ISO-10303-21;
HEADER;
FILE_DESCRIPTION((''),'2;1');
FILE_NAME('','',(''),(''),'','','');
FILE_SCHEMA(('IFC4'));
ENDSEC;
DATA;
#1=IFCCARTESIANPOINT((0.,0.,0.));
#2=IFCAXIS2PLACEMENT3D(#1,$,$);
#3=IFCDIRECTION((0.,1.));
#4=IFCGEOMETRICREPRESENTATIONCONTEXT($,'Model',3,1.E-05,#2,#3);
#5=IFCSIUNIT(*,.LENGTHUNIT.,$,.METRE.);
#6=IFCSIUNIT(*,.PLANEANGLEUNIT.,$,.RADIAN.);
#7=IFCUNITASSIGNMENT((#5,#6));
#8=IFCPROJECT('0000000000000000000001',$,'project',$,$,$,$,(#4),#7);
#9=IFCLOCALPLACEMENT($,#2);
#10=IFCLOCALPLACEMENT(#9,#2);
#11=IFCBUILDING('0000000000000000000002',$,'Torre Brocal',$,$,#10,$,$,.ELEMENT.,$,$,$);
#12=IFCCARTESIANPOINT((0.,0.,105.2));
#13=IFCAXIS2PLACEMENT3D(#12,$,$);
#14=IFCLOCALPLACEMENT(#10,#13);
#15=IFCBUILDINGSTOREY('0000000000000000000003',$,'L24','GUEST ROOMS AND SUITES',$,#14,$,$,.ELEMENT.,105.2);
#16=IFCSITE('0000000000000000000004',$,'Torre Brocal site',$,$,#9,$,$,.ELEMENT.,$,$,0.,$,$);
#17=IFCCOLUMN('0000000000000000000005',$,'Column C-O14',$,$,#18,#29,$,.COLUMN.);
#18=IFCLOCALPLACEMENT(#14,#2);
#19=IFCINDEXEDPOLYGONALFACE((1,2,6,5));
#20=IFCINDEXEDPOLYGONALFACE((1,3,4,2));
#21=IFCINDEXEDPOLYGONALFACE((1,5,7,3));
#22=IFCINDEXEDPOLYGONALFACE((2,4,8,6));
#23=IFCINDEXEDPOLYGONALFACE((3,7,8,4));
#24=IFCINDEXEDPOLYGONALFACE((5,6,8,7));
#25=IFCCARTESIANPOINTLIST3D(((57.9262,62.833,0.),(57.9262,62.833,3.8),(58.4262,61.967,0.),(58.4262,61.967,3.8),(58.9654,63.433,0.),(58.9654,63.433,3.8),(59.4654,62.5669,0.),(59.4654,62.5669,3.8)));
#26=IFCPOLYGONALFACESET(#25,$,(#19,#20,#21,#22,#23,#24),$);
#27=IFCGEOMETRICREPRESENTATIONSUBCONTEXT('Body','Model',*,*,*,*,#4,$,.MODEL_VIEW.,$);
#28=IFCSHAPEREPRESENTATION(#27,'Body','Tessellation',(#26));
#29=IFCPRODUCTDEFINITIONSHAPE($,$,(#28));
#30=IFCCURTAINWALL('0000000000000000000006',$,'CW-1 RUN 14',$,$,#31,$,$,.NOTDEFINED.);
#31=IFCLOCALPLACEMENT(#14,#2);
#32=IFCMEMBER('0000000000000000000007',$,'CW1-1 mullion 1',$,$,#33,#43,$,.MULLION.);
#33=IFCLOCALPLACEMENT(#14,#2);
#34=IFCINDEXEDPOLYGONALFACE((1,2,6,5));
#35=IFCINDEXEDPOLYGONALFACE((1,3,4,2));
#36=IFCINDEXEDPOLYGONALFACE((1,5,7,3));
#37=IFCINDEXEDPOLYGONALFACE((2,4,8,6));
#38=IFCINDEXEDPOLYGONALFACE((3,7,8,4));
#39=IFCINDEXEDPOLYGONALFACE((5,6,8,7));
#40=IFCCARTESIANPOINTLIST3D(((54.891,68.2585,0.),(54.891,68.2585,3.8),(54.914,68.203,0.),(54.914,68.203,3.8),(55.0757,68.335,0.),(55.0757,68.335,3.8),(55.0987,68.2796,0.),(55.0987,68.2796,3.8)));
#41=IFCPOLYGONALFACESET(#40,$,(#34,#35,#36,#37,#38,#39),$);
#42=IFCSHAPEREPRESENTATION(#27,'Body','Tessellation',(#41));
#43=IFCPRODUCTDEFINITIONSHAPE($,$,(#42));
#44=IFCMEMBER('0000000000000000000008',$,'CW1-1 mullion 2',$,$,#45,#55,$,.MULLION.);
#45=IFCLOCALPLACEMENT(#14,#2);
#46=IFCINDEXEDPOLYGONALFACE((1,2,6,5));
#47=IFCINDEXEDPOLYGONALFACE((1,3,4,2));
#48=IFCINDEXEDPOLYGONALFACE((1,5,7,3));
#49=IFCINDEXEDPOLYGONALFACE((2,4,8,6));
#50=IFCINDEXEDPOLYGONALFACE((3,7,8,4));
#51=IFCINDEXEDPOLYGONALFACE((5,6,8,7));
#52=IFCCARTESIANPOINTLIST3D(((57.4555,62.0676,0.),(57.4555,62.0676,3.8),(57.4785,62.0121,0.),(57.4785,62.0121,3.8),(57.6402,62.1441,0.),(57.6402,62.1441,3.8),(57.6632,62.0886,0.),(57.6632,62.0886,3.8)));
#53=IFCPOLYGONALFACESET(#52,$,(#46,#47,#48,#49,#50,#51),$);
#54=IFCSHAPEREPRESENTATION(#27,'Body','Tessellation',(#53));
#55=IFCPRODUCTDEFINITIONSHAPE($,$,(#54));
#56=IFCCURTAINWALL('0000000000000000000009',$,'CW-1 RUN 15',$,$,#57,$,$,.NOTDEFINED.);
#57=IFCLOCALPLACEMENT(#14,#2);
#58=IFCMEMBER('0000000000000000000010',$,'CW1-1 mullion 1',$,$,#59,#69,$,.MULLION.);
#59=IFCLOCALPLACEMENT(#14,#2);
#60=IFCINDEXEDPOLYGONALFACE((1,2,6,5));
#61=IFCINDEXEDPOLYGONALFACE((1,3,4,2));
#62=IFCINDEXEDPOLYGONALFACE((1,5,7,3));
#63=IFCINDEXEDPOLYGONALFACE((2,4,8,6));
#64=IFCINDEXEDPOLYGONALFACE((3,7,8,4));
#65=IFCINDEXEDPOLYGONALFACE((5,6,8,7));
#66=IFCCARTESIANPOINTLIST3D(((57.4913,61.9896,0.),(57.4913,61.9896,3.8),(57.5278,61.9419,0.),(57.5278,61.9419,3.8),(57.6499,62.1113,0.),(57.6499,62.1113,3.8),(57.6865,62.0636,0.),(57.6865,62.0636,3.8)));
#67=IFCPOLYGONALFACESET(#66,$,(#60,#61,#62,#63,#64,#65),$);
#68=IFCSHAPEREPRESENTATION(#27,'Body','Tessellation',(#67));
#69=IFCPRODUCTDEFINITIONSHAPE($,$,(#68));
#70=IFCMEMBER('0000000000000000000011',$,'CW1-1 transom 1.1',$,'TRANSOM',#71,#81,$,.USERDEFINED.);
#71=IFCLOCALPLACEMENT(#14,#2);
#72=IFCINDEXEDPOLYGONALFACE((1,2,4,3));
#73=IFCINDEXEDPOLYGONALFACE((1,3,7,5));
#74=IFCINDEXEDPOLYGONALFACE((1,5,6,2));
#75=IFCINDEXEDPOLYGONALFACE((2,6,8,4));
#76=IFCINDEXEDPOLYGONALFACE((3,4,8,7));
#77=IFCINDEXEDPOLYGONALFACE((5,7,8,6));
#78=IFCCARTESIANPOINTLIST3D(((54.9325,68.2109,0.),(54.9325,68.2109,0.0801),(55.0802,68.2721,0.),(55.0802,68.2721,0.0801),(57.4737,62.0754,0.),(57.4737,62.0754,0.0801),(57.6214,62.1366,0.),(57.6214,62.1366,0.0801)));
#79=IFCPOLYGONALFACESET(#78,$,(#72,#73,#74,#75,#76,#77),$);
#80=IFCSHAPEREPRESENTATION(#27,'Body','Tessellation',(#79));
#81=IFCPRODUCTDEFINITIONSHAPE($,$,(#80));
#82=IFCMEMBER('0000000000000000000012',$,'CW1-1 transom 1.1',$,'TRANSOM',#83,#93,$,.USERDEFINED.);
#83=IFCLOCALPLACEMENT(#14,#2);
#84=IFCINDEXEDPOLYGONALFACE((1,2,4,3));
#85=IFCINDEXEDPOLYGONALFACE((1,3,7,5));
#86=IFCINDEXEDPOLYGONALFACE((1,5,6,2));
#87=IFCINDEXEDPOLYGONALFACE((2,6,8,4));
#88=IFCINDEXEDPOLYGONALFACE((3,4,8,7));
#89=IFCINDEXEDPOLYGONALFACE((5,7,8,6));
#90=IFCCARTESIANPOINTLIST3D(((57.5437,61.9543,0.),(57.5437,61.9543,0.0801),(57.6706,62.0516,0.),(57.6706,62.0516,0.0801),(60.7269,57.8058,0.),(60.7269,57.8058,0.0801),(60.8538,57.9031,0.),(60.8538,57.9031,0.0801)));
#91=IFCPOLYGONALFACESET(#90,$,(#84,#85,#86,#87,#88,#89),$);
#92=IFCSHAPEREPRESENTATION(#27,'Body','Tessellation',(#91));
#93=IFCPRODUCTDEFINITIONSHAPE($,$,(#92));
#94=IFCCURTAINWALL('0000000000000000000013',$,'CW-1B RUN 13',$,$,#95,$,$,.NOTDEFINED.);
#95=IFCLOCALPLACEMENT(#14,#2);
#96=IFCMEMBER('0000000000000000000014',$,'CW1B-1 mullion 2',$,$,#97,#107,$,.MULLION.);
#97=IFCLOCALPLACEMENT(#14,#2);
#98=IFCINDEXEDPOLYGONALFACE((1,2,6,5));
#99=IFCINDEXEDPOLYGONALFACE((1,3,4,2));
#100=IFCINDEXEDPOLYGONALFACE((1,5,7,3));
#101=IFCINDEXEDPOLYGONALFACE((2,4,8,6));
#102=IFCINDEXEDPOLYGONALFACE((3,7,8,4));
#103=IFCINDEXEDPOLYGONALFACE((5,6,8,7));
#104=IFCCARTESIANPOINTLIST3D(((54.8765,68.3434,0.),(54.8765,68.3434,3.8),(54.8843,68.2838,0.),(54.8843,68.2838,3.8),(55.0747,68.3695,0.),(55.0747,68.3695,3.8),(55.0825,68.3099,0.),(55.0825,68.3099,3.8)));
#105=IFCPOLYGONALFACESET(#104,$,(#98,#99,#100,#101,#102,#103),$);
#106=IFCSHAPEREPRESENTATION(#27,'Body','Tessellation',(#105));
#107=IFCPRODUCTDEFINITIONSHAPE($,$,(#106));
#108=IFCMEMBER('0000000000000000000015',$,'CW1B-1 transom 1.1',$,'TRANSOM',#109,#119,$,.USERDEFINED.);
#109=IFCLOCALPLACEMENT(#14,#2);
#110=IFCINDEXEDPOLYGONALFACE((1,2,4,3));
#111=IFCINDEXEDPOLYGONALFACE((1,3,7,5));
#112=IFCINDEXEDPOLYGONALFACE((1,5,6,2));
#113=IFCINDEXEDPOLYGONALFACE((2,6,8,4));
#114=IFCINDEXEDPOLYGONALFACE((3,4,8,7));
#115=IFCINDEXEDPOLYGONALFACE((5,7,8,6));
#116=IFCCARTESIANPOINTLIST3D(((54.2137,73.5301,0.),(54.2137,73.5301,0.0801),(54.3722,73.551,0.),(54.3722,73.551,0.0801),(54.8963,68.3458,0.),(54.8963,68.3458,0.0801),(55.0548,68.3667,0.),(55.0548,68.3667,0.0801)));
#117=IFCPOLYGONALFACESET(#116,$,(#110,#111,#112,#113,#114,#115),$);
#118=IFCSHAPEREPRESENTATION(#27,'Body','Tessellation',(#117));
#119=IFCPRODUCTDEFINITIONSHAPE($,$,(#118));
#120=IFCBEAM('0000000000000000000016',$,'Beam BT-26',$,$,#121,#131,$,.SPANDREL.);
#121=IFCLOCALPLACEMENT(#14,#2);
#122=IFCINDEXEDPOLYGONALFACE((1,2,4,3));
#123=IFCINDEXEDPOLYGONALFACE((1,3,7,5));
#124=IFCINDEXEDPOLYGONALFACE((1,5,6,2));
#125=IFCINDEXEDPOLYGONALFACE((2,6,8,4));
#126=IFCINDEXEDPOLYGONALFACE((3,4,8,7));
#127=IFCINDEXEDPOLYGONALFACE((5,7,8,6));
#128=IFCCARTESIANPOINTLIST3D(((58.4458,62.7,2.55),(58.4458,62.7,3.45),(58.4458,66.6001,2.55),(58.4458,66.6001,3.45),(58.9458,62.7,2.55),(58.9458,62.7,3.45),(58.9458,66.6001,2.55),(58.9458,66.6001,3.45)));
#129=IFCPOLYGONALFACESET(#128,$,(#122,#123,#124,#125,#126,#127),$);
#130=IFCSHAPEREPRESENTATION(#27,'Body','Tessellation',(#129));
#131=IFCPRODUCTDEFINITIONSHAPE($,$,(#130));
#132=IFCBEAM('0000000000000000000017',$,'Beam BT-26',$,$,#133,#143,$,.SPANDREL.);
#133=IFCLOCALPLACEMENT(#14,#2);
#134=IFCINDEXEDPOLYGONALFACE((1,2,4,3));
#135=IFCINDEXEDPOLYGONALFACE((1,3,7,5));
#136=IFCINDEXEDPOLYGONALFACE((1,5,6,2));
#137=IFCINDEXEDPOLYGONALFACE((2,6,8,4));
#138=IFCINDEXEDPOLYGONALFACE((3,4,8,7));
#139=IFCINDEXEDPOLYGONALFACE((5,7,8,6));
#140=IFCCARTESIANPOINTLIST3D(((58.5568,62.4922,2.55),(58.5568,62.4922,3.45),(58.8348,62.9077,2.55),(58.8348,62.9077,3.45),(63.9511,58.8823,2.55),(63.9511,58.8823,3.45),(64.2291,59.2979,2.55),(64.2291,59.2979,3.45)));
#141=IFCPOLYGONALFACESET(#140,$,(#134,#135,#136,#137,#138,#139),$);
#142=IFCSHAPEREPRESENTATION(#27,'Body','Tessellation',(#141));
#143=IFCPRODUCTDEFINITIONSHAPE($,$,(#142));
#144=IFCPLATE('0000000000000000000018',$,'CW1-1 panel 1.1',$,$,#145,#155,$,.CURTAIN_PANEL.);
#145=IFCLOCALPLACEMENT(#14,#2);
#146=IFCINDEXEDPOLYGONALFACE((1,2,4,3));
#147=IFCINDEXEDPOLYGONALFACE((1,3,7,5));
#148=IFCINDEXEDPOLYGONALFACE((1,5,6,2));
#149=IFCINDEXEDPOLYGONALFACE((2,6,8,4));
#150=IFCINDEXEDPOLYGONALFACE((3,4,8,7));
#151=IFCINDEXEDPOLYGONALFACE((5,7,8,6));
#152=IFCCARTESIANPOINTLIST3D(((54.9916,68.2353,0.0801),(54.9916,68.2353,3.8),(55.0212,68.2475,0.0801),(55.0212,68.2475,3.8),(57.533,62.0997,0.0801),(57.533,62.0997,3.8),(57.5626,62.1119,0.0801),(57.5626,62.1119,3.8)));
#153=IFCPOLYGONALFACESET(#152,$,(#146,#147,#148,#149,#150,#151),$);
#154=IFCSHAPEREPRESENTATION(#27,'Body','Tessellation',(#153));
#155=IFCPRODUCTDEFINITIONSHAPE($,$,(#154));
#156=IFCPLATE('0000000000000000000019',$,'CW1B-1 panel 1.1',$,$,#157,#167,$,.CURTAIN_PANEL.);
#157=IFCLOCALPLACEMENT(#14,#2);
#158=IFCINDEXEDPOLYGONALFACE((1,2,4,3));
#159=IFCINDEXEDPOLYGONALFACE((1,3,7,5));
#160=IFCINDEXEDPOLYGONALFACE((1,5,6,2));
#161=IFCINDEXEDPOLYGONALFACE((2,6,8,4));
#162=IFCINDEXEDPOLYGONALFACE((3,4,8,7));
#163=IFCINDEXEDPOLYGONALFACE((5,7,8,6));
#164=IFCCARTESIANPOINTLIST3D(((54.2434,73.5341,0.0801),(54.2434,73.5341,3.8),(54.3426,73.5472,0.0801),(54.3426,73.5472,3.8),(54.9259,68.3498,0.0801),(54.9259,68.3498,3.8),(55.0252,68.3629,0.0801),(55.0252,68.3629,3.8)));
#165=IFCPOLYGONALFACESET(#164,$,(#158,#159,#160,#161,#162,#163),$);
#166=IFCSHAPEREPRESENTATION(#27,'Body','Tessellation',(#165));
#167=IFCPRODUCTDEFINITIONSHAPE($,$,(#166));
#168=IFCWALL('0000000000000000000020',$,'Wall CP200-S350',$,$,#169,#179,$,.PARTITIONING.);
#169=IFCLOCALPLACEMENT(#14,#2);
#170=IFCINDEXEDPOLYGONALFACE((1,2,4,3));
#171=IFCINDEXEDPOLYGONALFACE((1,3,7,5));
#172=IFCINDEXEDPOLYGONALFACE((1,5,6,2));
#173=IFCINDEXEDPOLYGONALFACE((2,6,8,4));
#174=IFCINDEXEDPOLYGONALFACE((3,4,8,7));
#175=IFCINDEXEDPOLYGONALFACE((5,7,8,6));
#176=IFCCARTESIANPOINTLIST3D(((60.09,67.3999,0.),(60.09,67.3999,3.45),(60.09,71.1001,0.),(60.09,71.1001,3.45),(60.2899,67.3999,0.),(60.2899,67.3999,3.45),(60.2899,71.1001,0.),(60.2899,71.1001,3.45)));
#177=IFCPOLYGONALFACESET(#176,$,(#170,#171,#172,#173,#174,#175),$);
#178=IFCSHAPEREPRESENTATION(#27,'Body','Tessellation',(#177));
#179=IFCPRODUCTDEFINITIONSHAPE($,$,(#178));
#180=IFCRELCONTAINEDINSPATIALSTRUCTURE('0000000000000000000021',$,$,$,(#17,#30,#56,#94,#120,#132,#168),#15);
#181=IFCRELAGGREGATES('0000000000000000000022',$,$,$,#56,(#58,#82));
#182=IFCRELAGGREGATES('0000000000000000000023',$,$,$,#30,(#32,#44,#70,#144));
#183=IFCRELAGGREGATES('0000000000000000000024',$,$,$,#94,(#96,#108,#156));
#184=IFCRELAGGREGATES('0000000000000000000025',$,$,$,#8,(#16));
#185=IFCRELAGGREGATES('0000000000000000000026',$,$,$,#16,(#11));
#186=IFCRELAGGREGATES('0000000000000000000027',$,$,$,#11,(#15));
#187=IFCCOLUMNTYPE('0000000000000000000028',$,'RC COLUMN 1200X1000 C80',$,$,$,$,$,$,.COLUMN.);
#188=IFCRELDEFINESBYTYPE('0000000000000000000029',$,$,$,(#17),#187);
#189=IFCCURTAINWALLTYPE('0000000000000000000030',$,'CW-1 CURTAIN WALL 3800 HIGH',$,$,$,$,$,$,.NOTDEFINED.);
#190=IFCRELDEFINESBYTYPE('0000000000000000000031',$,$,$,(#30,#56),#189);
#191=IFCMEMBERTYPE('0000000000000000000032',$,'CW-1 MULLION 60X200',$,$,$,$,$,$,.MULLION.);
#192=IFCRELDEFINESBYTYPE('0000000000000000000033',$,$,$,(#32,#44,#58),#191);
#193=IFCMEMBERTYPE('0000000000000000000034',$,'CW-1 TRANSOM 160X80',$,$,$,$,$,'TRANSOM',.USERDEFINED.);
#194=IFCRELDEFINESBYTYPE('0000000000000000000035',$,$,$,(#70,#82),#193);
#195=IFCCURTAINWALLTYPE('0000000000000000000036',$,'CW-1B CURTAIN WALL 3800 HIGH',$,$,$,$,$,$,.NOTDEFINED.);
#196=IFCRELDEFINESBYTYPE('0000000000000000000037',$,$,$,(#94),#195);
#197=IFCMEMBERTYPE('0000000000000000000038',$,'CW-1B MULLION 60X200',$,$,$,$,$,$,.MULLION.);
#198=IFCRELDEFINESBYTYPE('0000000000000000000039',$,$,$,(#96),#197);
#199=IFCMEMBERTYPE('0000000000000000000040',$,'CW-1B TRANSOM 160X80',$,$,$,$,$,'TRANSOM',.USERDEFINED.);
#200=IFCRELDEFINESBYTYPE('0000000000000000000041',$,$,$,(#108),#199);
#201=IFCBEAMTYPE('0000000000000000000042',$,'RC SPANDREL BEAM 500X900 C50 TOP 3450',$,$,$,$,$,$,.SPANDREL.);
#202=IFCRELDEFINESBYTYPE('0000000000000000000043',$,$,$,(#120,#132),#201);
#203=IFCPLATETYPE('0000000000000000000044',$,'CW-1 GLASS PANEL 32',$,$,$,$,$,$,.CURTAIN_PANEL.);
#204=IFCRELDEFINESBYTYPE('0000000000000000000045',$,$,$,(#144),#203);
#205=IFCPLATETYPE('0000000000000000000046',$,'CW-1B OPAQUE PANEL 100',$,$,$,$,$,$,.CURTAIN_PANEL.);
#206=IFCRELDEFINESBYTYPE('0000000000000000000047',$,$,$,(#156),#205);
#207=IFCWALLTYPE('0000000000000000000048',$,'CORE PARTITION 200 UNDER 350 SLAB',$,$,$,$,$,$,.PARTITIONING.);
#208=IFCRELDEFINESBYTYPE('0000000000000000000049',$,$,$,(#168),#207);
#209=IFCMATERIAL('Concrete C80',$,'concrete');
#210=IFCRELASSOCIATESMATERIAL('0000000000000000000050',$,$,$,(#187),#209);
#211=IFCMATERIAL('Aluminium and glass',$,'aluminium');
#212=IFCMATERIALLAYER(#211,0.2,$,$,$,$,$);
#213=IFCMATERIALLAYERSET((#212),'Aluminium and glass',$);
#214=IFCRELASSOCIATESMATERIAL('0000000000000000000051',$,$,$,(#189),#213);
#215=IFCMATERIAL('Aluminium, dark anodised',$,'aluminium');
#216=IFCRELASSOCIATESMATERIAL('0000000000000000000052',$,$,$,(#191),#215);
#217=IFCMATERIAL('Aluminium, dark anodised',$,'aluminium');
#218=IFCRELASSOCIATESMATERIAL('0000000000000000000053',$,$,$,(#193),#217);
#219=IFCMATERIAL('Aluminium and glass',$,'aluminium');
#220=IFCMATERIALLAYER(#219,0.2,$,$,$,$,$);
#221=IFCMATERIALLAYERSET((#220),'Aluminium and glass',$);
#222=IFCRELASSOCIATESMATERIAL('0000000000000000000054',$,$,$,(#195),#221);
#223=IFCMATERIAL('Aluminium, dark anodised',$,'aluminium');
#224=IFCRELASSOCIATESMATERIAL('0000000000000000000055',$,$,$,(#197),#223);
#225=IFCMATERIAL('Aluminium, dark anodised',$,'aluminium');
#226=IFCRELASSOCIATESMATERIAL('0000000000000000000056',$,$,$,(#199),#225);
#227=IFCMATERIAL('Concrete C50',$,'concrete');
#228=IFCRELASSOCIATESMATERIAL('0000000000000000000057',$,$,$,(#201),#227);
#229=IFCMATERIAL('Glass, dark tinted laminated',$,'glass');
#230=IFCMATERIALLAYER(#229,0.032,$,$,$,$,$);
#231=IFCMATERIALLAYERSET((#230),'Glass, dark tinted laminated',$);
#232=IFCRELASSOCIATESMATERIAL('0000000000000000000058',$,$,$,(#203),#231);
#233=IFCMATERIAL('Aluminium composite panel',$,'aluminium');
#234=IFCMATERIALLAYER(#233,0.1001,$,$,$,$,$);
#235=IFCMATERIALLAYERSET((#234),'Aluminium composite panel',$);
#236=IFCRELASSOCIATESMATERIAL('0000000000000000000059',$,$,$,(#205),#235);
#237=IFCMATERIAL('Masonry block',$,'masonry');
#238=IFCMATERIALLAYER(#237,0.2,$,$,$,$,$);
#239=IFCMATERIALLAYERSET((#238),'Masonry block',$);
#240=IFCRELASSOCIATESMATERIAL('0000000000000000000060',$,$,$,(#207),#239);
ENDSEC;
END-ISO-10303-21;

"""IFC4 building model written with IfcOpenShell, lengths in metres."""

from ifc_helpers import new_model, si_unit, direction, frame, frame_2d, origin, origin_2d, place, context, subcontext, project, spatial, rectangle, extrude, material, layer, layer_set, material_profile, profile_set, type_object, element, aggregate, save


model = new_model("IFC4")

# Units and contexts
model_context = context("Model", 3, precision=1e-05, world=origin(), true_north=direction((0.0, 1.0)))
body_context = subcontext(model_context, "Body", "Model", "MODEL_VIEW")
ifc_project = project(units=[si_unit("LENGTHUNIT", "METRE"), si_unit("PLANEANGLEUNIT", "RADIAN")], contexts=[model_context])

# Site, building, storey
site_placement = place(None, origin())
site = spatial("IfcSite", under=ifc_project, at=site_placement, Name="Torre Brocal site", CompositionType="ELEMENT", RefElevation=0.0)
building_placement = place(site_placement, origin())
building = spatial("IfcBuilding", under=site, at=building_placement, Name="Torre Brocal", CompositionType="ELEMENT")
storey_placement = place(building_placement, frame((0.0, 0.0, 105.2)))
storey = spatial("IfcBuildingStorey", under=building, at=storey_placement, Name="L24", Description="GUEST ROOMS AND SUITES", CompositionType="ELEMENT", Elevation=105.2)

# Column
ifc_material_1 = material(Name="Concrete C80", Category="concrete")
ifc_material_profile_1 = material_profile(ifc_material_1, rectangle(XDim=1.2, YDim=1.0, at=origin_2d()), Name="RC 1200X1000")
ifc_profile_set_1 = profile_set([ifc_material_profile_1], Name="Concrete C80")
column_type = type_object("IfcColumnType", Name="RC COLUMN 1200X1000 C80", PredefinedType="COLUMN", material=ifc_profile_set_1)
column_placement = place(storey_placement, frame((58.6958, 62.7, 0.0), z_axis=(0.0, 0.0, 1.0), x_axis=(-0.866025, -0.5, 0.0)))
element("IfcColumn", 1, at=column_placement, inside=storey, type_object=column_type, Name="Column C-O14", PredefinedType="COLUMN", context=body_context, shape_type="SweptSolid", body=[
    extrude(rectangle(XDim=1.2, YDim=1.0, at=origin_2d()), origin(), (0.0, 0.0, 1.0), 3.8),
])

# Curtain wall, members
ifc_material_2 = material(Name="Aluminium and glass", Category="aluminium")
ifc_layer_1 = layer(ifc_material_2, 0.2)
ifc_layer_set_1 = layer_set([ifc_layer_1], Name="Aluminium and glass")
curtain_wall_type_1 = type_object("IfcCurtainWallType", Name="CW-1 CURTAIN WALL 3800 HIGH", PredefinedType="NOTDEFINED", material=ifc_layer_set_1)
curtain_wall_1_placement = place(storey_placement, origin())
curtain_wall_1 = element("IfcCurtainWall", 2, at=curtain_wall_1_placement, inside=storey, type_object=curtain_wall_type_1, Name="CW-1 RUN 14", PredefinedType="NOTDEFINED")
ifc_material_3 = material(Name="Aluminium, dark anodised", Category="aluminium")
ifc_material_profile_2 = material_profile(ifc_material_3, rectangle(XDim=0.2, YDim=0.0601, at=origin_2d()), Name="CW-1 MULLION 60X200")
ifc_profile_set_2 = profile_set([ifc_material_profile_2], Name="Aluminium, dark anodised")
member_type_1 = type_object("IfcMemberType", Name="CW-1 MULLION 60X200", PredefinedType="MULLION", material=ifc_profile_set_2)
member_1_placement = place(storey_placement, frame((54.9949, 68.269, 0.0), z_axis=(0.0, 0.0, 1.0), x_axis=(0.92388, 0.382683, 0.0)))
member_1 = element("IfcMember", 3, at=member_1_placement, type_object=member_type_1, Name="CW1-1 mullion 1", PredefinedType="MULLION", context=body_context, shape_type="SweptSolid", body=[
    extrude(rectangle(XDim=0.2, YDim=0.0601, at=origin_2d()), origin(), (0.0, 0.0, 1.0), 3.8),
])
member_2_placement = place(storey_placement, frame((57.5593, 62.0781, 0.0), z_axis=(0.0, 0.0, 1.0), x_axis=(0.92388, 0.382683, 0.0)))
member_2 = element("IfcMember", 4, at=member_2_placement, type_object=member_type_1, Name="CW1-1 mullion 2", PredefinedType="MULLION", context=body_context, shape_type="SweptSolid", body=[
    extrude(rectangle(XDim=0.2, YDim=0.0601, at=origin_2d()), origin(), (0.0, 0.0, 1.0), 3.8),
])

# Curtain wall, member
curtain_wall_2_placement = place(storey_placement, origin())
curtain_wall_2 = element("IfcCurtainWall", 5, at=curtain_wall_2_placement, inside=storey, type_object=curtain_wall_type_1, Name="CW-1 RUN 15", PredefinedType="NOTDEFINED")
member_3_placement = place(storey_placement, frame((57.5889, 62.0266, 0.0), z_axis=(0.0, 0.0, 1.0), x_axis=(0.793353, 0.608761, 0.0)))
member_3 = element("IfcMember", 6, at=member_3_placement, type_object=member_type_1, Name="CW1-1 mullion 1", PredefinedType="MULLION", context=body_context, shape_type="SweptSolid", body=[
    extrude(rectangle(XDim=0.2, YDim=0.0601, at=origin_2d()), origin(), (0.0, 0.0, 1.0), 3.8),
])

# Members
ifc_material_4 = material(Name="Aluminium, dark anodised", Category="aluminium")
ifc_material_profile_3 = material_profile(ifc_material_4, rectangle(XDim=0.1599, YDim=0.0801, at=origin_2d()), Name="CW-1 TRANSOM 160X80")
ifc_profile_set_3 = profile_set([ifc_material_profile_3], Name="Aluminium, dark anodised")
member_type_2 = type_object("IfcMemberType", Name="CW-1 TRANSOM 160X80", ElementType="TRANSOM", PredefinedType="USERDEFINED", material=ifc_profile_set_3)
member_4_placement = place(storey_placement, frame((55.0063, 68.2415, 0.04), z_axis=(0.382665, -0.923887, 0.0), x_axis=(0.923887, 0.382665, 0.0)))
member_4 = element("IfcMember", 7, at=member_4_placement, type_object=member_type_2, Name="CW1-1 transom 1.1", ObjectType="TRANSOM", PredefinedType="USERDEFINED", context=body_context, shape_type="SweptSolid", body=[
    extrude(rectangle(XDim=0.1599, YDim=0.0801, at=origin_2d()), origin(), (0.0, 0.0, 1.0), 6.6409),
])
member_5_placement = place(storey_placement, frame((57.6072, 62.0029, 0.04), z_axis=(0.608749, -0.793363, 0.0), x_axis=(0.793363, 0.608749, 0.0)))
member_5 = element("IfcMember", 8, at=member_5_placement, type_object=member_type_2, Name="CW1-1 transom 1.1", ObjectType="TRANSOM", PredefinedType="USERDEFINED", context=body_context, shape_type="SweptSolid", body=[
    extrude(rectangle(XDim=0.1599, YDim=0.0801, at=origin_2d()), origin(), (0.0, 0.0, 1.0), 5.229),
])
aggregate(curtain_wall_2, [member_3, member_5])

# Curtain wall, members
ifc_material_5 = material(Name="Aluminium and glass", Category="aluminium")
ifc_layer_2 = layer(ifc_material_5, 0.2)
ifc_layer_set_2 = layer_set([ifc_layer_2], Name="Aluminium and glass")
curtain_wall_type_2 = type_object("IfcCurtainWallType", Name="CW-1B CURTAIN WALL 3800 HIGH", PredefinedType="NOTDEFINED", material=ifc_layer_set_2)
curtain_wall_3_placement = place(storey_placement, origin())
curtain_wall_3 = element("IfcCurtainWall", 9, at=curtain_wall_3_placement, inside=storey, type_object=curtain_wall_type_2, Name="CW-1B RUN 13", PredefinedType="NOTDEFINED")
ifc_material_6 = material(Name="Aluminium, dark anodised", Category="aluminium")
ifc_material_profile_4 = material_profile(ifc_material_6, rectangle(XDim=0.2, YDim=0.0601, at=origin_2d()), Name="CW-1B MULLION 60X200")
ifc_profile_set_4 = profile_set([ifc_material_profile_4], Name="Aluminium, dark anodised")
member_type_3 = type_object("IfcMemberType", Name="CW-1B MULLION 60X200", PredefinedType="MULLION", material=ifc_profile_set_4)
member_6_placement = place(storey_placement, frame((54.9795, 68.3267, 0.0), z_axis=(0.0, 0.0, 1.0), x_axis=(0.991445, 0.130526, 0.0)))
member_6 = element("IfcMember", 10, at=member_6_placement, type_object=member_type_3, Name="CW1B-1 mullion 2", PredefinedType="MULLION", context=body_context, shape_type="SweptSolid", body=[
    extrude(rectangle(XDim=0.2, YDim=0.0601, at=origin_2d()), origin(), (0.0, 0.0, 1.0), 3.8),
])
ifc_material_7 = material(Name="Aluminium, dark anodised", Category="aluminium")
ifc_material_profile_5 = material_profile(ifc_material_7, rectangle(XDim=0.1599, YDim=0.0801, at=origin_2d()), Name="CW-1B TRANSOM 160X80")
ifc_profile_set_5 = profile_set([ifc_material_profile_5], Name="Aluminium, dark anodised")
member_type_4 = type_object("IfcMemberType", Name="CW-1B TRANSOM 160X80", ElementType="TRANSOM", PredefinedType="USERDEFINED", material=ifc_profile_set_5)
member_7_placement = place(storey_placement, frame((54.293, 73.5405, 0.04), z_axis=(0.130543, -0.991443, 0.0), x_axis=(0.991443, 0.130543, 0.0)))
member_7 = element("IfcMember", 11, at=member_7_placement, type_object=member_type_4, Name="CW1B-1 transom 1.1", ObjectType="TRANSOM", PredefinedType="USERDEFINED", context=body_context, shape_type="SweptSolid", body=[
    extrude(rectangle(XDim=0.1599, YDim=0.0801, at=origin_2d()), origin(), (0.0, 0.0, 1.0), 5.229),
])

# Beams
ifc_material_8 = material(Name="Concrete C50", Category="concrete")
ifc_material_profile_6 = material_profile(ifc_material_8, rectangle(XDim=0.5, YDim=0.8999, at=origin_2d()), Name="RC 500X900")
ifc_profile_set_6 = profile_set([ifc_material_profile_6], Name="Concrete C50")
beam_type = type_object("IfcBeamType", Name="RC SPANDREL BEAM 500X900 C50 TOP 3450", PredefinedType="SPANDREL", material=ifc_profile_set_6)
beam_1_placement = place(storey_placement, frame((58.6958, 62.7, 3.0), z_axis=(0.0, 1.0, 0.0), x_axis=(-1.0, 0.0, 0.0)))
element("IfcBeam", 12, at=beam_1_placement, inside=storey, type_object=beam_type, Name="Beam BT-26", PredefinedType="SPANDREL", context=body_context, shape_type="SweptSolid", body=[
    extrude(rectangle(XDim=0.5, YDim=0.8999, at=origin_2d()), origin(), (0.0, 0.0, 1.0), 3.9001),
])
beam_2_placement = place(storey_placement, frame((58.6958, 62.7, 3.0), z_axis=(0.831077, -0.556158, 0.0), x_axis=(0.556158, 0.831077, 0.0)))
element("IfcBeam", 13, at=beam_2_placement, inside=storey, type_object=beam_type, Name="Beam BT-26", PredefinedType="SPANDREL", context=body_context, shape_type="SweptSolid", body=[
    extrude(rectangle(XDim=0.5, YDim=0.8999, at=origin_2d()), origin(), (0.0, 0.0, 1.0), 6.4907),
])

# Plates
ifc_material_9 = material(Name="Glass, dark tinted laminated", Category="glass")
ifc_layer_3 = layer(ifc_material_9, 0.032)
ifc_layer_set_3 = layer_set([ifc_layer_3], Name="Glass, dark tinted laminated")
plate_type_1 = type_object("IfcPlateType", Name="CW-1 GLASS PANEL 32", PredefinedType="CURTAIN_PANEL", material=ifc_layer_set_3)
plate_1_placement = place(storey_placement, frame((56.2771, 65.1736, 0.0801), z_axis=(0.0, 0.0, 1.0), x_axis=(0.382683, -0.92388, 0.0)))
plate_1 = element("IfcPlate", 14, at=plate_1_placement, type_object=plate_type_1, Name="CW1-1 panel 1.1", PredefinedType="CURTAIN_PANEL", context=body_context, shape_type="SweptSolid", body=[
    extrude(rectangle(XDim=6.6411, YDim=0.032, at=origin_2d()), origin(), (0.0, 0.0, 1.0), 3.72),
])
aggregate(curtain_wall_1, [member_1, member_2, member_4, plate_1])
ifc_material_10 = material(Name="Aluminium composite panel", Category="aluminium")
ifc_layer_4 = layer(ifc_material_10, 0.1001)
ifc_layer_set_4 = layer_set([ifc_layer_4], Name="Aluminium composite panel")
plate_type_2 = type_object("IfcPlateType", Name="CW-1B OPAQUE PANEL 100", PredefinedType="CURTAIN_PANEL", material=ifc_layer_set_4)
plate_2_placement = place(storey_placement, frame((54.6343, 70.9485, 0.0801), z_axis=(0.0, 0.0, 1.0), x_axis=(0.130526, -0.991445, 0.0)))
plate_2 = element("IfcPlate", 15, at=plate_2_placement, type_object=plate_type_2, Name="CW1B-1 panel 1.1", PredefinedType="CURTAIN_PANEL", context=body_context, shape_type="SweptSolid", body=[
    extrude(rectangle(XDim=5.229, YDim=0.1001, at=origin_2d()), origin(), (0.0, 0.0, 1.0), 3.72),
])
aggregate(curtain_wall_3, [member_6, member_7, plate_2])

# Wall
ifc_material_11 = material(Name="Masonry block", Category="masonry")
ifc_layer_5 = layer(ifc_material_11, 0.2)
ifc_layer_set_5 = layer_set([ifc_layer_5], Name="Masonry block")
wall_type_1 = type_object("IfcWallType", Name="CORE PARTITION 200 UNDER 350 SLAB", PredefinedType="PARTITIONING", material=ifc_layer_set_5)
for number, where, z_axis, x_axis, name in (
    (16, (60.1899, 71.1001, 0.0), (0.0, 0.0, 1.0), (0.0, -1.0, 0.0), "Wall CP200-S350"),
):
    element("IfcWall", number, at=place(storey_placement, frame(where, z_axis=z_axis, x_axis=x_axis)), inside=storey, type_object=wall_type_1, Name=name, PredefinedType="PARTITIONING", context=body_context, shape_type="SweptSolid", body=[
        extrude(rectangle(XDim=3.7002, YDim=0.2, at=frame_2d((1.8501, 0.0))), origin(), (0.0, 0.0, 1.0), 3.45),
    ])

save(model, "model.ifc")
